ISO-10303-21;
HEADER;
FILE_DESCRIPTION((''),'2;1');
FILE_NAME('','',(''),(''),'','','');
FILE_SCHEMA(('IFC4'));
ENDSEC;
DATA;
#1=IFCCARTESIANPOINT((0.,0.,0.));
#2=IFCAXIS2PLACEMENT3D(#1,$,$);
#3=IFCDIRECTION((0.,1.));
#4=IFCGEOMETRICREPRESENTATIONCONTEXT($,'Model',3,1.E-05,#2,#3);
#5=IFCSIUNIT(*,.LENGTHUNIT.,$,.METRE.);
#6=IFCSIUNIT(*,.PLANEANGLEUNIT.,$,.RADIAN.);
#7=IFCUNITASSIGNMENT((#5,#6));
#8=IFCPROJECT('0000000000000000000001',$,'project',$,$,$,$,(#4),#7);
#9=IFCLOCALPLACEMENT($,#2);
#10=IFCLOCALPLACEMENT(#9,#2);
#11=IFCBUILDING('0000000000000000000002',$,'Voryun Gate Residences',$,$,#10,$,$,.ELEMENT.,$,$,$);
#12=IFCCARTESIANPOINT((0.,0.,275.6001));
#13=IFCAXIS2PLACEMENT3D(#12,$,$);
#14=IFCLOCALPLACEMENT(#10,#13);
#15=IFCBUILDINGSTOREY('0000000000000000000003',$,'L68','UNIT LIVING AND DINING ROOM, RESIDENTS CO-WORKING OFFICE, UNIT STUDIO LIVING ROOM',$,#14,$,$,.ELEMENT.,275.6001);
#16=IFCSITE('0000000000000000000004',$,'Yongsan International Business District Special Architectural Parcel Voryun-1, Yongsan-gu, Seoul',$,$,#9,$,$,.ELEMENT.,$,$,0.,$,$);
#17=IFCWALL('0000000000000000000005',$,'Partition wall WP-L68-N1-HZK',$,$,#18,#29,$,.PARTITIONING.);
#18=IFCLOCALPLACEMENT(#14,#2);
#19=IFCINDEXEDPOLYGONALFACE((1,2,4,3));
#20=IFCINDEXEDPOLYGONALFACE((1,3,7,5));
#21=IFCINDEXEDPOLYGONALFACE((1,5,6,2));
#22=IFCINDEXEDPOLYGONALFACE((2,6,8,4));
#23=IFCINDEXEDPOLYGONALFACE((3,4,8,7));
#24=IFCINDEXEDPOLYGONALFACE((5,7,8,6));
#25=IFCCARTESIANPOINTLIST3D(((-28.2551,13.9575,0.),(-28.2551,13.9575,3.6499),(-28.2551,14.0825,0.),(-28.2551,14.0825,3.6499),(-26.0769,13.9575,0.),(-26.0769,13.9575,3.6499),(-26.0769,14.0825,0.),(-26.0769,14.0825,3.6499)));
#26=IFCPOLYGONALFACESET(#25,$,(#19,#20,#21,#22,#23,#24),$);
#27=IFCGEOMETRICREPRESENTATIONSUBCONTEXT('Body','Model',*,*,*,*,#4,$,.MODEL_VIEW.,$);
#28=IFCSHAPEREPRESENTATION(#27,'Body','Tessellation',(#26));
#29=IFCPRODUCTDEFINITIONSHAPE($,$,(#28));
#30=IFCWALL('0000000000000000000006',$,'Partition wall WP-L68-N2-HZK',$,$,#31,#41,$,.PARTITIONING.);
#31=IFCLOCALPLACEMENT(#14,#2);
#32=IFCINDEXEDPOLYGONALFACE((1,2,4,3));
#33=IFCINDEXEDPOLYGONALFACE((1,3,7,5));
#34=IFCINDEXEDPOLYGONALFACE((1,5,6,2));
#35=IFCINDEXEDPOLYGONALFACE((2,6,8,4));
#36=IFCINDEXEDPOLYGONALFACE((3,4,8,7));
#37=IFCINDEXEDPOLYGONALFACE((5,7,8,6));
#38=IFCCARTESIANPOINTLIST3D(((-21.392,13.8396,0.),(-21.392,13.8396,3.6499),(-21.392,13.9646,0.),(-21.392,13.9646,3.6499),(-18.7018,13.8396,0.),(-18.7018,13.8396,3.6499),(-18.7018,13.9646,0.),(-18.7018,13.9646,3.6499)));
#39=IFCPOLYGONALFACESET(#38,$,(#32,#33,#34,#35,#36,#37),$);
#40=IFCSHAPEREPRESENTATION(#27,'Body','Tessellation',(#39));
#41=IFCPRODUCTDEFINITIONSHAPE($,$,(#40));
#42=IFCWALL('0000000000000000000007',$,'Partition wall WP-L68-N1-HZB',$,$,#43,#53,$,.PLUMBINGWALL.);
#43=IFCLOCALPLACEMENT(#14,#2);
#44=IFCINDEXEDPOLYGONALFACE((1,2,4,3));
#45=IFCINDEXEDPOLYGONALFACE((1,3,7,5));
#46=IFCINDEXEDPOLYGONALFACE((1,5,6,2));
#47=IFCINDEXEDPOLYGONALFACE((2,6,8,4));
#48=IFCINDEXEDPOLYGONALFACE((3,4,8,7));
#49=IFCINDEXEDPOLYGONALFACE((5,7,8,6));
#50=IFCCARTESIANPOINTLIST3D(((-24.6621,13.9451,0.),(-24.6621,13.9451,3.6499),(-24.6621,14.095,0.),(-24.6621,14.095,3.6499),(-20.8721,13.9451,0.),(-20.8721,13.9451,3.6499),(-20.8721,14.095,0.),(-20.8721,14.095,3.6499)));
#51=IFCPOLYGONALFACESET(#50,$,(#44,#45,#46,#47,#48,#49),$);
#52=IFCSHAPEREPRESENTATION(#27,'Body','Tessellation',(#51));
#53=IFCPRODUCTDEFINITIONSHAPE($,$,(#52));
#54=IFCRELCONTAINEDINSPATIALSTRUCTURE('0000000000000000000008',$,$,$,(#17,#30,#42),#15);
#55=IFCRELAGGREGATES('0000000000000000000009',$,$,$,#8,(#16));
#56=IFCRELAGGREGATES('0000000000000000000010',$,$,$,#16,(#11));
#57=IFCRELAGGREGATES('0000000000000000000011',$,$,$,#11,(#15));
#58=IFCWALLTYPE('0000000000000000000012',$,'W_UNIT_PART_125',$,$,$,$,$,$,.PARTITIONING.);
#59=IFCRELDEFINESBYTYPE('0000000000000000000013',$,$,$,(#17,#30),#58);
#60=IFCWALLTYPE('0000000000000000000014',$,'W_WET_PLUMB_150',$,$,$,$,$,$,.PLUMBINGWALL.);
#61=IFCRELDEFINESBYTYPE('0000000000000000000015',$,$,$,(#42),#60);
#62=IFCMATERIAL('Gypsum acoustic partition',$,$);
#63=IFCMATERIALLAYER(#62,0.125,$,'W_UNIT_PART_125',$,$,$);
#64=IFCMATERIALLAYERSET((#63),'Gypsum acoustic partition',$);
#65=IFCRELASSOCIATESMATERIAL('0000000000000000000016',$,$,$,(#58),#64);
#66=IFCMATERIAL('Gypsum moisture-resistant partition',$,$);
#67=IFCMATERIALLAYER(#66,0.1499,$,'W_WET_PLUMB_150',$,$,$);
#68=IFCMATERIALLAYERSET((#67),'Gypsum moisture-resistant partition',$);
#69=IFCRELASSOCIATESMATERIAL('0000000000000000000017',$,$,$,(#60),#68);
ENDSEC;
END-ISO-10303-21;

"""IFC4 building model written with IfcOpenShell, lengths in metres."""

from ifc_helpers import new_model, si_unit, direction, frame, frame_2d, origin, place, context, subcontext, project, spatial, rectangle, extrude, material, layer, layer_set, type_object, element, save


model = new_model("IFC4")

# Units and contexts
model_context = context("Model", 3, precision=1e-05, world=origin(), true_north=direction((0.0, 1.0)))
body_context = subcontext(model_context, "Body", "Model", "MODEL_VIEW")
ifc_project = project(units=[si_unit("LENGTHUNIT", "METRE"), si_unit("PLANEANGLEUNIT", "RADIAN")], contexts=[model_context])

# Site, building, storey
site_placement = place(None, origin())
site = spatial("IfcSite", under=ifc_project, at=site_placement, Name="Yongsan International Business District Special Architectural Parcel Voryun-1, Yongsan-gu, Seoul", CompositionType="ELEMENT", RefElevation=0.0)
building_placement = place(site_placement, origin())
building = spatial("IfcBuilding", under=site, at=building_placement, Name="Voryun Gate Residences", CompositionType="ELEMENT")
storey_placement = place(building_placement, frame((0.0, 0.0, 275.6001)))
storey = spatial("IfcBuildingStorey", under=building, at=storey_placement, Name="L68", Description="UNIT LIVING AND DINING ROOM, RESIDENTS CO-WORKING OFFICE, UNIT STUDIO LIVING ROOM", CompositionType="ELEMENT", Elevation=275.6001)

# Shared definitions
ifc_material_1 = material(Name="Gypsum acoustic partition")
ifc_layer_1 = layer(ifc_material_1, 0.125, Name="W_UNIT_PART_125")
ifc_layer_set_1 = layer_set([ifc_layer_1], Name="Gypsum acoustic partition")
wall_type_1 = type_object("IfcWallType", Name="W_UNIT_PART_125", PredefinedType="PARTITIONING", material=ifc_layer_set_1)

# Walls
wall_1_placement = place(storey_placement, frame((-28.2551, 14.02, 0.0), z_axis=(0.0, 0.0, 1.0), x_axis=(1.0, 0.0, 0.0)))
element("IfcWall", 1, at=wall_1_placement, inside=storey, type_object=wall_type_1, Name="Partition wall WP-L68-N1-HZK", PredefinedType="PARTITIONING", context=body_context, shape_type="SweptSolid", body=[
    extrude(rectangle(XDim=2.1782, YDim=0.125, at=frame_2d((1.0891, 0.0))), origin(), (0.0, 0.0, 1.0), 3.6499),
])
wall_2_placement = place(storey_placement, frame((-21.3921, 13.9021, 0.0), z_axis=(0.0, 0.0, 1.0), x_axis=(1.0, 0.0, 0.0)))
element("IfcWall", 2, at=wall_2_placement, inside=storey, type_object=wall_type_1, Name="Partition wall WP-L68-N2-HZK", PredefinedType="PARTITIONING", context=body_context, shape_type="SweptSolid", body=[
    extrude(rectangle(XDim=2.6902, YDim=0.125, at=frame_2d((1.3452, 0.0))), origin(), (0.0, 0.0, 1.0), 3.6499),
])
ifc_material_2 = material(Name="Gypsum moisture-resistant partition")
ifc_layer_2 = layer(ifc_material_2, 0.1499, Name="W_WET_PLUMB_150")
ifc_layer_set_2 = layer_set([ifc_layer_2], Name="Gypsum moisture-resistant partition")
wall_type_2 = type_object("IfcWallType", Name="W_WET_PLUMB_150", PredefinedType="PLUMBINGWALL", material=ifc_layer_set_2)
wall_3_placement = place(storey_placement, frame((-24.6621, 14.02, 0.0), z_axis=(0.0, 0.0, 1.0), x_axis=(1.0, 0.0, 0.0)))
element("IfcWall", 3, at=wall_3_placement, inside=storey, type_object=wall_type_2, Name="Partition wall WP-L68-N1-HZB", PredefinedType="PLUMBINGWALL", context=body_context, shape_type="SweptSolid", body=[
    extrude(rectangle(XDim=3.79, YDim=0.1499, at=frame_2d((1.895, 0.0))), origin(), (0.0, 0.0, 1.0), 3.6499),
])

save(model, "model.ifc")
